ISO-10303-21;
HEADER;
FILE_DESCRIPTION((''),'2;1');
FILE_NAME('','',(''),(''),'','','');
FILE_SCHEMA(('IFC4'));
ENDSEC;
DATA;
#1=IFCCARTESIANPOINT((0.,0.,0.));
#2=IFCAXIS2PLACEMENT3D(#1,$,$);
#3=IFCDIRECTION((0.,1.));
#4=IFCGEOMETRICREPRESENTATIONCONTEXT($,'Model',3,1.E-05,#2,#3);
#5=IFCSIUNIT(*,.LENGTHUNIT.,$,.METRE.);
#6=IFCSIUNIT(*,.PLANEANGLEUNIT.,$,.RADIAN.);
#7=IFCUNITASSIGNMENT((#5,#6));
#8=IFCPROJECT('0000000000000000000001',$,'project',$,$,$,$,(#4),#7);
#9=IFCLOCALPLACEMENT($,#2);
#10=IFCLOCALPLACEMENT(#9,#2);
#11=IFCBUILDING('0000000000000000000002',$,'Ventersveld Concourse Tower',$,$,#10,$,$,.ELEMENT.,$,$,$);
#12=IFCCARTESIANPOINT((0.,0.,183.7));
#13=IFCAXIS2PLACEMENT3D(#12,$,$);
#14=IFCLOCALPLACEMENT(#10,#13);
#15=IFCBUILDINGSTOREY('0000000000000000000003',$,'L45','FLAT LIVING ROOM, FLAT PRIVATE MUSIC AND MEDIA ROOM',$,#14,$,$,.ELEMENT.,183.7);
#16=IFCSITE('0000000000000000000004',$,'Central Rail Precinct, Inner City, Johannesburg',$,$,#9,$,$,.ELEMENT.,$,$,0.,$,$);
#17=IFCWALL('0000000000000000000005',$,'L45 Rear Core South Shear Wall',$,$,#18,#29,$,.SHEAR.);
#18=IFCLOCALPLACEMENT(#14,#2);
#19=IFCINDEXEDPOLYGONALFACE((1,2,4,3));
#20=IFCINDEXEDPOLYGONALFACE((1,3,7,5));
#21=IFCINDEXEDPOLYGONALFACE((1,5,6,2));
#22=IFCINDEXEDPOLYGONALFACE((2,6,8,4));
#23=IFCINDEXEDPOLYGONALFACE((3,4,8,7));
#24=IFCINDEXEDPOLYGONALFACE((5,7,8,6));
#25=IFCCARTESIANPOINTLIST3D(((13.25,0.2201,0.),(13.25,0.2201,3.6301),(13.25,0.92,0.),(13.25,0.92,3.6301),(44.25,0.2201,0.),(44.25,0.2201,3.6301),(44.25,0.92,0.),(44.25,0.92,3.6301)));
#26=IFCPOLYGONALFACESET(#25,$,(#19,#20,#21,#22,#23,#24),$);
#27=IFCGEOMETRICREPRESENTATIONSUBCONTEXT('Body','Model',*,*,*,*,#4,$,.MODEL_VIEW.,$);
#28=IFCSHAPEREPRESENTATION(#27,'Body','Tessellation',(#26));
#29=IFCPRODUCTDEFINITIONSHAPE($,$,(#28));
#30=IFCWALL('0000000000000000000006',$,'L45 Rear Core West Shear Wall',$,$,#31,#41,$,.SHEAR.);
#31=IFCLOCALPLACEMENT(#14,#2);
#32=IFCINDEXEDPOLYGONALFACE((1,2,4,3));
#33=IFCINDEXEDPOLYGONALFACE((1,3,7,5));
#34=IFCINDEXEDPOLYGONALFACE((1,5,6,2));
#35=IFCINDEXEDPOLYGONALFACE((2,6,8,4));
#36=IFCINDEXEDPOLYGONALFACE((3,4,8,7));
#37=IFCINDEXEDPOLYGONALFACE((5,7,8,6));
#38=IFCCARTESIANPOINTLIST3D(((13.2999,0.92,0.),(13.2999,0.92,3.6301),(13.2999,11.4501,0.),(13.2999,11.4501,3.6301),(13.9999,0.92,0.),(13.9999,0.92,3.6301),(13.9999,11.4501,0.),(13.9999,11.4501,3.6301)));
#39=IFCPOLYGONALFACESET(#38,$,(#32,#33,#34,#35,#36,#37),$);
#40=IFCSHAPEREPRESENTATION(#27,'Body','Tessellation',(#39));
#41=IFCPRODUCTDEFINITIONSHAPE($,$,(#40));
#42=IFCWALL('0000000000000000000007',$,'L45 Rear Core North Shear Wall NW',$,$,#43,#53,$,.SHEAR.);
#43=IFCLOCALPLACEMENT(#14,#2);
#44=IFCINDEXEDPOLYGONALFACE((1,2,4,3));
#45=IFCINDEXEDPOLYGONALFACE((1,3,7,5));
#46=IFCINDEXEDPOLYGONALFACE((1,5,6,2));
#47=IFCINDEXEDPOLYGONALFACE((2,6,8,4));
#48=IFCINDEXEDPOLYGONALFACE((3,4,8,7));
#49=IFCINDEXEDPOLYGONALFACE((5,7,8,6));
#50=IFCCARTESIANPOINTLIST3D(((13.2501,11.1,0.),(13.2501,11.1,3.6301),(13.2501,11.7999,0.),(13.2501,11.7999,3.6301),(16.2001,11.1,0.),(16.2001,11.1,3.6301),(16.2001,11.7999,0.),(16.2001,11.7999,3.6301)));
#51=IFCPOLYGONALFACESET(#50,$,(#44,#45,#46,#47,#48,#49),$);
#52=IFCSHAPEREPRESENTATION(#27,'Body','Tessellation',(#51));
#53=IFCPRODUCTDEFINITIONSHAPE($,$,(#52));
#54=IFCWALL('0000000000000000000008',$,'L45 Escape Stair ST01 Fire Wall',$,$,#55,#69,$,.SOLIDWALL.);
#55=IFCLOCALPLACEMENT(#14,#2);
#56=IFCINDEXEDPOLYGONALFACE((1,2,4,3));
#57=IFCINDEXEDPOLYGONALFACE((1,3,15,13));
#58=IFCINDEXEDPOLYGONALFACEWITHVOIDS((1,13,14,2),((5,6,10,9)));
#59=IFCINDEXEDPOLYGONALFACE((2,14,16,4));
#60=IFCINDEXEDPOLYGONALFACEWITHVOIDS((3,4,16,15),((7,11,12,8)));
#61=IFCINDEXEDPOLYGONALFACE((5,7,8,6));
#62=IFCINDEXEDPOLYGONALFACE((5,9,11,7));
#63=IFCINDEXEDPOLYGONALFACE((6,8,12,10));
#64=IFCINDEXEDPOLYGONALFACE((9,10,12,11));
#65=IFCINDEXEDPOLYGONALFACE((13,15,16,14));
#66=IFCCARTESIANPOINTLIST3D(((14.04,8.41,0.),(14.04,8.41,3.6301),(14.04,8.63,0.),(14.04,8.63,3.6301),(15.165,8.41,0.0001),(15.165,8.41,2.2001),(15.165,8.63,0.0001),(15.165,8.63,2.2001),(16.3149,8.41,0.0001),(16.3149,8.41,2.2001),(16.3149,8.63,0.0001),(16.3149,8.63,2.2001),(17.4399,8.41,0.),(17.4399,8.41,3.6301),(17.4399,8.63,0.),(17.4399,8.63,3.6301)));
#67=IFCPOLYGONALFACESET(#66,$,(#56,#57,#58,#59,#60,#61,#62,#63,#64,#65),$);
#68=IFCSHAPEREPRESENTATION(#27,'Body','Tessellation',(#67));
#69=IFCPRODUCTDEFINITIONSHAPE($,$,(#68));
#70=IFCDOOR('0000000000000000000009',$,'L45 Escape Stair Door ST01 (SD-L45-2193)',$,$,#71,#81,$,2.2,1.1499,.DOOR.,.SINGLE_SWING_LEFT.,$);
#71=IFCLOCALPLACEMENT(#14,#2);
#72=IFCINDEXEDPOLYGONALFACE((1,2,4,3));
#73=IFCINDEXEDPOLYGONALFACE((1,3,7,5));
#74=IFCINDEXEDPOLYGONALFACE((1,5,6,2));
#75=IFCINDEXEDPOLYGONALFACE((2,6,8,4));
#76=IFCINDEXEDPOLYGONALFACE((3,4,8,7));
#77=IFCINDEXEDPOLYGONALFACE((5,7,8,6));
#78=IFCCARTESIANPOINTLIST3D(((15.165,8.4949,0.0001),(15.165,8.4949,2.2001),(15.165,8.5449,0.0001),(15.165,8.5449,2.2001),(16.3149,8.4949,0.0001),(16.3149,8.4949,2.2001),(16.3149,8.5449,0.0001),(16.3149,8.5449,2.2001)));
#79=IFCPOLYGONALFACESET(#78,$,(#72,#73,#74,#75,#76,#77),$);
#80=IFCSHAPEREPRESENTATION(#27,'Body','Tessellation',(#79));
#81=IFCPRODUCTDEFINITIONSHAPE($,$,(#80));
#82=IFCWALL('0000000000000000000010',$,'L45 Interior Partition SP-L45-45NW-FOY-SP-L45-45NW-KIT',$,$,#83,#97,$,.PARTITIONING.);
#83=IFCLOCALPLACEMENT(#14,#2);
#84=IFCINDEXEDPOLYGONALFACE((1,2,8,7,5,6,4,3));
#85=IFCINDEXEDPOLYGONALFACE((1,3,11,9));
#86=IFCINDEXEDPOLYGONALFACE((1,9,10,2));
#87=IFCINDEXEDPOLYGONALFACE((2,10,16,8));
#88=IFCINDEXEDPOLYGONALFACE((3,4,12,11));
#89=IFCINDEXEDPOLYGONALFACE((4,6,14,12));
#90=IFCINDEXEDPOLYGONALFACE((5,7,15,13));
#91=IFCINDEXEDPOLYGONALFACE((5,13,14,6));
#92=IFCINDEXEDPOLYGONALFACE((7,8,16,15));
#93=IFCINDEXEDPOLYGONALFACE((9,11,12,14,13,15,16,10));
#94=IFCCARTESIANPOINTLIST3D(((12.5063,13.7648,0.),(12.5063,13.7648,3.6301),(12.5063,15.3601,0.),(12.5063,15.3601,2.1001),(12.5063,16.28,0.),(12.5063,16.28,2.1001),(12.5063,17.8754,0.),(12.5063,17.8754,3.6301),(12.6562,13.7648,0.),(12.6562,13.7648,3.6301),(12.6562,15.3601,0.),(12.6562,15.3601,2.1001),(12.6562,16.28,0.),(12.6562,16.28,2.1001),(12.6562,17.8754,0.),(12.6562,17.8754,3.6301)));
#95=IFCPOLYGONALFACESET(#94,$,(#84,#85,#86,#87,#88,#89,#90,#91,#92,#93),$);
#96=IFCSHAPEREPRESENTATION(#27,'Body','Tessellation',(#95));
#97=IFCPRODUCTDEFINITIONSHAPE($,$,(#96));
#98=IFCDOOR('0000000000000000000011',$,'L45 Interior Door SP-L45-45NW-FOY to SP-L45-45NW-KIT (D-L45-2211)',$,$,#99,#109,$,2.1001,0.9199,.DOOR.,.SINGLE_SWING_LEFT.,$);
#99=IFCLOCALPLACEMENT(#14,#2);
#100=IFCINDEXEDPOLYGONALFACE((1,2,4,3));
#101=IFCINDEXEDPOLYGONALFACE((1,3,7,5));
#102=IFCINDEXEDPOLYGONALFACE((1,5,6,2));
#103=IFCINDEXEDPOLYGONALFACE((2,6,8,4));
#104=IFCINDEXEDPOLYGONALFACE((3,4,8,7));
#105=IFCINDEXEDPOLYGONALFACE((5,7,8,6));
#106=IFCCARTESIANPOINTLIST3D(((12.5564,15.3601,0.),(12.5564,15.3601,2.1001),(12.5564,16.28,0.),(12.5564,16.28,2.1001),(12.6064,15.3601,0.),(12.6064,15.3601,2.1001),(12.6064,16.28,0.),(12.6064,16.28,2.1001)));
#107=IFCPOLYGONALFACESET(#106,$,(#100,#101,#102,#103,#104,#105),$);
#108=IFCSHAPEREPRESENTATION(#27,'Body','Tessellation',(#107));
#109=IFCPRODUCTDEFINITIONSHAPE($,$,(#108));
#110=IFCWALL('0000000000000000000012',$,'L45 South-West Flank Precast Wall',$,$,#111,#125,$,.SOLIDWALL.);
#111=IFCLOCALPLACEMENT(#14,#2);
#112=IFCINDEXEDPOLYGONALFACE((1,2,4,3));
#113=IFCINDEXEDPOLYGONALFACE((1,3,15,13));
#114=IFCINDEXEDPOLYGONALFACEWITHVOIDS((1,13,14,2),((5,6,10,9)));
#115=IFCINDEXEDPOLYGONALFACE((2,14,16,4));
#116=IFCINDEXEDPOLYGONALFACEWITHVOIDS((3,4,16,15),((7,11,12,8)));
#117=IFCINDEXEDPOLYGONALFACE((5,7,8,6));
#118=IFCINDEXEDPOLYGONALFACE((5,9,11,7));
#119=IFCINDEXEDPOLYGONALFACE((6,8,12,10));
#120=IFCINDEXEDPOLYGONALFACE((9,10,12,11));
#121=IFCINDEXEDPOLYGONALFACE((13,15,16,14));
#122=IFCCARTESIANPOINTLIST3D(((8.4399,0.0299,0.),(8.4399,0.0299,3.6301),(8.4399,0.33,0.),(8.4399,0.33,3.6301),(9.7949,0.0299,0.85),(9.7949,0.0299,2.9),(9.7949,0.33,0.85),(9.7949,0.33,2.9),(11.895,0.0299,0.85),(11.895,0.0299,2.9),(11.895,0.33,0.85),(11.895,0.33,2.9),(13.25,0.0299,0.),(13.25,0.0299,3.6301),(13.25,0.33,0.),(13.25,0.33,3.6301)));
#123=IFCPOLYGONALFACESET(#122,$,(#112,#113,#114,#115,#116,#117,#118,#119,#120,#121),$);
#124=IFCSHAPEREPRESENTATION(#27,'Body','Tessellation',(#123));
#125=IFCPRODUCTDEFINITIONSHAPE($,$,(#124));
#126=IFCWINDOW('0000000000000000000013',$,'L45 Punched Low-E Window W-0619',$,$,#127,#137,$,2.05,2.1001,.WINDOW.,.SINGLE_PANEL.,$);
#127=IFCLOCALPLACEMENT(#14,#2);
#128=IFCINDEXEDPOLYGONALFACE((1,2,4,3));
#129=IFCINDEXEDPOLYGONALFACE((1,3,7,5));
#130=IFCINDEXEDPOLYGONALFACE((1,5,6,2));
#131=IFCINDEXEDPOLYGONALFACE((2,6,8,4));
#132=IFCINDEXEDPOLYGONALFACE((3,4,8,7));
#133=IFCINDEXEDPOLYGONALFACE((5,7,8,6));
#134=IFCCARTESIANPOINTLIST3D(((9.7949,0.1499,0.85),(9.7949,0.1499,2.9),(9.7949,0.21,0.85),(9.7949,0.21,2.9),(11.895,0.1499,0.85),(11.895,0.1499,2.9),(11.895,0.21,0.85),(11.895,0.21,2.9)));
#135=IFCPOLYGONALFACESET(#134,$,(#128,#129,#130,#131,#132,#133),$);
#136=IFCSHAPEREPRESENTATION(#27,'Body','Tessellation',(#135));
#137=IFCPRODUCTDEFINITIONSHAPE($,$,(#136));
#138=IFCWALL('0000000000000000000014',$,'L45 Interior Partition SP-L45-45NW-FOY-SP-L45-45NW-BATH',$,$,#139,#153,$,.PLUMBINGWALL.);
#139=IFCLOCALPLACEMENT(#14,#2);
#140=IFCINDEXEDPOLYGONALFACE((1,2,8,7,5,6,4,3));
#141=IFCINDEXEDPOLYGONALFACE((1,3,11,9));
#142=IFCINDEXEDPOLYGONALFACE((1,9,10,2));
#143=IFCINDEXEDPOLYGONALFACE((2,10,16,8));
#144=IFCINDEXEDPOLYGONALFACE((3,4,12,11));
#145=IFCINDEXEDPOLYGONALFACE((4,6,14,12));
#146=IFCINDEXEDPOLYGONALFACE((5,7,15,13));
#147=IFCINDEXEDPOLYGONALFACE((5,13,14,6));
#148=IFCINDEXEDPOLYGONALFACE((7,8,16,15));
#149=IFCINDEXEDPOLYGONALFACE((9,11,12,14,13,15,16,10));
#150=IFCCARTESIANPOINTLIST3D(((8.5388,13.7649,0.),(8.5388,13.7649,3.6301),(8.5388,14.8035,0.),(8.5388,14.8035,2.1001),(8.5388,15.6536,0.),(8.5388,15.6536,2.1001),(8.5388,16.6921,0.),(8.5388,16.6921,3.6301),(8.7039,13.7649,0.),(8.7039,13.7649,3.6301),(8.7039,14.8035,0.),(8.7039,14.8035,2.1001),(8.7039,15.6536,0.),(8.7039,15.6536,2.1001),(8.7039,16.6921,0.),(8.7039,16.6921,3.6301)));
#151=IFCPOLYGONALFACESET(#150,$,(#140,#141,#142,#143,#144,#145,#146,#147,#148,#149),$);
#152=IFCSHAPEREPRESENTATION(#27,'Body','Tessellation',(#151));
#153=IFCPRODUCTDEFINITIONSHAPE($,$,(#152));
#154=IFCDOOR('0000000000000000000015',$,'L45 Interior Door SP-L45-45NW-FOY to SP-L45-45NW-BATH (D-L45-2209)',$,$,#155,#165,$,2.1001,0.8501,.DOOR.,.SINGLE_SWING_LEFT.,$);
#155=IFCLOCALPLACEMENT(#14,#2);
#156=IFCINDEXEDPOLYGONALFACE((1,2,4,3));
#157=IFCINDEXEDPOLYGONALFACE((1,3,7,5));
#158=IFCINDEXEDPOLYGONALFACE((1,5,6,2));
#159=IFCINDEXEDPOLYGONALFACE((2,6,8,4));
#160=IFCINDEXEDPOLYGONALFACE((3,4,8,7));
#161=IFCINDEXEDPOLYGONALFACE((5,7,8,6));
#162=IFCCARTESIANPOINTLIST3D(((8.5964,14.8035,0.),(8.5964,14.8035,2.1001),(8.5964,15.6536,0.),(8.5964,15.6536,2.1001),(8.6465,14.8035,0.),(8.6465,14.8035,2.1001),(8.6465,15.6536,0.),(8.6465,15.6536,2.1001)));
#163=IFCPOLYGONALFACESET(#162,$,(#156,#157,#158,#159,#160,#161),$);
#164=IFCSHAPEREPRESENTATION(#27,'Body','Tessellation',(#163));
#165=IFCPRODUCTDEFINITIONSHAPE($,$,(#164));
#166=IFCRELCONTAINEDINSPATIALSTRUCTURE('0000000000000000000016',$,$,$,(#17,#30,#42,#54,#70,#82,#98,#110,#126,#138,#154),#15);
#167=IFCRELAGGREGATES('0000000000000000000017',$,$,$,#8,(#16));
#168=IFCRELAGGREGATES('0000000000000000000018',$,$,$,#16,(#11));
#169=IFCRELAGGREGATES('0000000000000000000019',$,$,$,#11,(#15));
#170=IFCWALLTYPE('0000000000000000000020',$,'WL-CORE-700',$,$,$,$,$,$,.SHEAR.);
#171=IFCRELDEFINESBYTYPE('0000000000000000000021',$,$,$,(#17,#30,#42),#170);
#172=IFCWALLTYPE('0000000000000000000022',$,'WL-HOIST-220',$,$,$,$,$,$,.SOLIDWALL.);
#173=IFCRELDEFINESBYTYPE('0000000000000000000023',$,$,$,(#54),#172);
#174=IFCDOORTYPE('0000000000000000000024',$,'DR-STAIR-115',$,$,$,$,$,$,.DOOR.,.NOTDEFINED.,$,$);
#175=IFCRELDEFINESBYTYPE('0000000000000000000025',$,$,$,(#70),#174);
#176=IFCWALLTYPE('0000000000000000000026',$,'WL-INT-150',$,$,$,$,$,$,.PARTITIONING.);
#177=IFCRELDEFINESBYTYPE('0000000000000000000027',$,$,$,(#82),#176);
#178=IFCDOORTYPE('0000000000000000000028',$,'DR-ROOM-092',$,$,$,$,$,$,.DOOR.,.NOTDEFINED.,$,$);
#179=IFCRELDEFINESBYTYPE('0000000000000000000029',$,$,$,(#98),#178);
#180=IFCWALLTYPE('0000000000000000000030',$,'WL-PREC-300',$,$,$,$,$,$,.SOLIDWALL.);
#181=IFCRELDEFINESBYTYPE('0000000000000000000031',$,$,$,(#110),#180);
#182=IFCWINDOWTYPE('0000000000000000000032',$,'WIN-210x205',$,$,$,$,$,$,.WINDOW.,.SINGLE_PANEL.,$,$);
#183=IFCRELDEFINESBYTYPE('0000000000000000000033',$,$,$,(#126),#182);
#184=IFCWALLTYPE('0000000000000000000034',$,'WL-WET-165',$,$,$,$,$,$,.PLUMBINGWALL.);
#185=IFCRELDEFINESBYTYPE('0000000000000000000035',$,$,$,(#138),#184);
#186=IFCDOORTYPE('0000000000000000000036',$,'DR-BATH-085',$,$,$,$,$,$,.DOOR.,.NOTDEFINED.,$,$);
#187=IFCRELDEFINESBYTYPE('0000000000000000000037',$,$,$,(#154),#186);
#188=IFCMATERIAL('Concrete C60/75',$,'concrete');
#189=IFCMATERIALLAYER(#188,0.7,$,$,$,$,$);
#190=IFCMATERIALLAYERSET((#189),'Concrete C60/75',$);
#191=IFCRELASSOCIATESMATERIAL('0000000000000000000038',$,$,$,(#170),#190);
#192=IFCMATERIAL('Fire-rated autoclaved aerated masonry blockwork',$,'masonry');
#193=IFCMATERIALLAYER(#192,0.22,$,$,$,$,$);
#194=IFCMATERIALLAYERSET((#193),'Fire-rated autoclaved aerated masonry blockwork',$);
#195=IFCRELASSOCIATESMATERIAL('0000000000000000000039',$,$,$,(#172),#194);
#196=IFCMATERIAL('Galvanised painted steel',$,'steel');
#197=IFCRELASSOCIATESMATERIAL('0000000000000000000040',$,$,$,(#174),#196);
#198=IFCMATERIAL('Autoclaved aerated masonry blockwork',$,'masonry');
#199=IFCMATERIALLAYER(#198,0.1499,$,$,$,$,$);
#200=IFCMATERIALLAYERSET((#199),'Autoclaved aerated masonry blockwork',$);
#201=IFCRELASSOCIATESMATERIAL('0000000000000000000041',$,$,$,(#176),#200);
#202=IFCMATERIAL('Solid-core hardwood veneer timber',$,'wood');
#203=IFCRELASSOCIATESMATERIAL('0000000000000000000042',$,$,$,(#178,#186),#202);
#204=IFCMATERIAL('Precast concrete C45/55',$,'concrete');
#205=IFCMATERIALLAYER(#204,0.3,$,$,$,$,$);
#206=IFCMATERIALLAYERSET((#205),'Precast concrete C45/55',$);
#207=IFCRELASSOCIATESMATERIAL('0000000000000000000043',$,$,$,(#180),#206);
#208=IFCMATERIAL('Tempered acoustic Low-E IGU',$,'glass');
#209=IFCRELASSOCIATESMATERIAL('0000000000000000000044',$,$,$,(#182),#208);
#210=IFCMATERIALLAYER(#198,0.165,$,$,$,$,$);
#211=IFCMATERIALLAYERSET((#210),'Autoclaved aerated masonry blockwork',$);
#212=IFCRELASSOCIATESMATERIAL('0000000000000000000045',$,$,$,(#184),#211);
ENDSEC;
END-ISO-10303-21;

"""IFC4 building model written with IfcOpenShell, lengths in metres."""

from ifc_helpers import new_model, si_unit, direction, frame, frame_2d, origin, place, context, subcontext, project, spatial, rectangle, extrude, material, layer, layer_set, type_object, element, fill, save


model = new_model("IFC4")

# Units and contexts
model_context = context("Model", 3, precision=1e-05, world=origin(), true_north=direction((0.0, 1.0)))
body_context = subcontext(model_context, "Body", "Model", "MODEL_VIEW")
ifc_project = project(units=[si_unit("LENGTHUNIT", "METRE"), si_unit("PLANEANGLEUNIT", "RADIAN")], contexts=[model_context])

# Site, building, storey
site_placement = place(None, origin())
site = spatial("IfcSite", under=ifc_project, at=site_placement, Name="Central Rail Precinct, Inner City, Johannesburg", CompositionType="ELEMENT", RefElevation=0.0)
building_placement = place(site_placement, origin())
building = spatial("IfcBuilding", under=site, at=building_placement, Name="Ventersveld Concourse Tower", CompositionType="ELEMENT")
storey_placement = place(building_placement, frame((0.0, 0.0, 183.7)))
storey = spatial("IfcBuildingStorey", under=building, at=storey_placement, Name="L45", Description="FLAT LIVING ROOM, FLAT PRIVATE MUSIC AND MEDIA ROOM", CompositionType="ELEMENT", Elevation=183.7)

# Walls
ifc_material_1 = material(Name="Concrete C60/75", Category="concrete")
ifc_layer_1 = layer(ifc_material_1, 0.7)
ifc_layer_set_1 = layer_set([ifc_layer_1], Name="Concrete C60/75")
wall_type_1 = type_object("IfcWallType", Name="WL-CORE-700", PredefinedType="SHEAR", material=ifc_layer_set_1)
wall_1_placement = place(storey_placement, frame((13.25, 0.5701, 0.0), z_axis=(0.0, 0.0, 1.0), x_axis=(1.0, 0.0, 0.0)))
element("IfcWall", 1, at=wall_1_placement, inside=storey, type_object=wall_type_1, Name="L45 Rear Core South Shear Wall", PredefinedType="SHEAR", context=body_context, shape_type="SweptSolid", body=[
    extrude(rectangle(XDim=31.0, YDim=0.7, at=frame_2d((15.5, 0.0))), origin(), (0.0, 0.0, 1.0), 3.6301),
])
wall_2_placement = place(storey_placement, frame((13.6499, 0.9199, 0.0), z_axis=(0.0, 0.0, 1.0), x_axis=(0.0, 1.0, 0.0)))
element("IfcWall", 2, at=wall_2_placement, inside=storey, type_object=wall_type_1, Name="L45 Rear Core West Shear Wall", PredefinedType="SHEAR", context=body_context, shape_type="SweptSolid", body=[
    extrude(rectangle(XDim=10.53, YDim=0.7, at=frame_2d((5.2651, 0.0))), origin(), (0.0, 0.0, 1.0), 3.6301),
])
wall_3_placement = place(storey_placement, frame((13.25, 11.45, 0.0), z_axis=(0.0, 0.0, 1.0), x_axis=(1.0, 0.0, 0.0)))
element("IfcWall", 3, at=wall_3_placement, inside=storey, type_object=wall_type_1, Name="L45 Rear Core North Shear Wall NW", PredefinedType="SHEAR", context=body_context, shape_type="SweptSolid", body=[
    extrude(rectangle(XDim=2.95, YDim=0.7, at=frame_2d((1.4751, 0.0))), origin(), (0.0, 0.0, 1.0), 3.6301),
])

# Walls, openings, doors
ifc_material_2 = material(Name="Fire-rated autoclaved aerated masonry blockwork", Category="masonry")
ifc_layer_2 = layer(ifc_material_2, 0.22)
ifc_layer_set_2 = layer_set([ifc_layer_2], Name="Fire-rated autoclaved aerated masonry blockwork")
wall_type_2 = type_object("IfcWallType", Name="WL-HOIST-220", PredefinedType="SOLIDWALL", material=ifc_layer_set_2)
wall_4_placement = place(storey_placement, frame((14.04, 8.52, 0.0), z_axis=(0.0, 0.0, 1.0), x_axis=(1.0, 0.0, 0.0)))
wall_4 = element("IfcWall", 4, at=wall_4_placement, inside=storey, type_object=wall_type_2, Name="L45 Escape Stair ST01 Fire Wall", PredefinedType="SOLIDWALL", context=body_context, shape_type="SweptSolid", body=[
    extrude(rectangle(XDim=3.3999, YDim=0.22, at=frame_2d((1.7, 0.0))), origin(), (0.0, 0.0, 1.0), 3.6301),
])
opening_1_placement = place(wall_4_placement, frame((1.125, 0.0, 0.0)))
opening_1 = element("IfcOpeningElement", 5, at=opening_1_placement, cuts=wall_4, PredefinedType="OPENING", context=body_context, shape_type="SweptSolid", body=[
    extrude(rectangle(XDim=1.1499, YDim=2.2, at=frame_2d((0.575, 1.1001))), frame((0.0, 0.1201, 0.0), z_axis=(0.0, -1.0, 0.0), x_axis=(1.0, 0.0, 0.0)), (0.0, 0.0, 1.0), 0.24),
])
ifc_material_3 = material(Name="Galvanised painted steel", Category="steel")
door_type_1 = type_object("IfcDoorType", Name="DR-STAIR-115", OperationType="NOTDEFINED", PredefinedType="DOOR", material=ifc_material_3)
door_1_placement = place(opening_1_placement, origin())
door_1 = element("IfcDoor", 6, at=door_1_placement, inside=storey, type_object=door_type_1, Name="L45 Escape Stair Door ST01 (SD-L45-2193)", OperationType="SINGLE_SWING_LEFT", OverallHeight=2.2, OverallWidth=1.1499, PredefinedType="DOOR", context=body_context, shape_type="SweptSolid", body=[
    extrude(rectangle(XDim=1.1499, YDim=2.2, at=frame_2d((0.575, 1.1001))), frame((0.0, 0.0249, 0.0), z_axis=(0.0, -1.0, 0.0), x_axis=(1.0, 0.0, 0.0)), (0.0, 0.0, 1.0), 0.05),
])
fill(opening_1, door_1)
ifc_material_4 = material(Name="Autoclaved aerated masonry blockwork", Category="masonry")
ifc_layer_3 = layer(ifc_material_4, 0.1499)
ifc_layer_set_3 = layer_set([ifc_layer_3], Name="Autoclaved aerated masonry blockwork")
wall_type_3 = type_object("IfcWallType", Name="WL-INT-150", PredefinedType="PARTITIONING", material=ifc_layer_set_3)
wall_5_placement = place(storey_placement, frame((12.5813, 13.7649, 0.0), z_axis=(0.0, 0.0, 1.0), x_axis=(0.0, 1.0, 0.0)))
wall_5 = element("IfcWall", 7, at=wall_5_placement, inside=storey, type_object=wall_type_3, Name="L45 Interior Partition SP-L45-45NW-FOY-SP-L45-45NW-KIT", PredefinedType="PARTITIONING", context=body_context, shape_type="SweptSolid", body=[
    extrude(rectangle(XDim=4.1106, YDim=0.1499, at=frame_2d((2.0552, 0.0))), origin(), (0.0, 0.0, 1.0), 3.6301),
])
opening_2_placement = place(wall_5_placement, frame((1.5952, 0.0, 0.0)))
opening_2 = element("IfcOpeningElement", 8, at=opening_2_placement, cuts=wall_5, PredefinedType="OPENING", context=body_context, shape_type="SweptSolid", body=[
    extrude(rectangle(XDim=0.9199, YDim=2.1001, at=frame_2d((0.46, 1.05))), frame((0.0, 0.085, 0.0), z_axis=(0.0, -1.0, 0.0), x_axis=(1.0, 0.0, 0.0)), (0.0, 0.0, 1.0), 0.1699),
])
ifc_material_5 = material(Name="Solid-core hardwood veneer timber", Category="wood")
door_type_2 = type_object("IfcDoorType", Name="DR-ROOM-092", OperationType="NOTDEFINED", PredefinedType="DOOR", material=ifc_material_5)
door_2_placement = place(opening_2_placement, origin())
door_2 = element("IfcDoor", 9, at=door_2_placement, inside=storey, type_object=door_type_2, Name="L45 Interior Door SP-L45-45NW-FOY to SP-L45-45NW-KIT (D-L45-2211)", OperationType="SINGLE_SWING_LEFT", OverallHeight=2.1001, OverallWidth=0.9199, PredefinedType="DOOR", context=body_context, shape_type="SweptSolid", body=[
    extrude(rectangle(XDim=0.9199, YDim=2.1001, at=frame_2d((0.46, 1.05))), frame((0.0, 0.0249, 0.0), z_axis=(0.0, -1.0, 0.0), x_axis=(1.0, 0.0, 0.0)), (0.0, 0.0, 1.0), 0.05),
])
fill(opening_2, door_2)

# Wall, opening, window
ifc_material_6 = material(Name="Precast concrete C45/55", Category="concrete")
ifc_layer_4 = layer(ifc_material_6, 0.3)
ifc_layer_set_4 = layer_set([ifc_layer_4], Name="Precast concrete C45/55")
wall_type_4 = type_object("IfcWallType", Name="WL-PREC-300", PredefinedType="SOLIDWALL", material=ifc_layer_set_4)
wall_6_placement = place(storey_placement, frame((8.4399, 0.1799, 0.0), z_axis=(0.0, 0.0, 1.0), x_axis=(1.0, 0.0, 0.0)))
wall_6 = element("IfcWall", 10, at=wall_6_placement, inside=storey, type_object=wall_type_4, Name="L45 South-West Flank Precast Wall", PredefinedType="SOLIDWALL", context=body_context, shape_type="SweptSolid", body=[
    extrude(rectangle(XDim=4.8101, YDim=0.3, at=frame_2d((2.405, 0.0))), origin(), (0.0, 0.0, 1.0), 3.6301),
])
opening_3_placement = place(wall_6_placement, frame((1.355, 0.0, 0.8501)))
opening_3 = element("IfcOpeningElement", 11, at=opening_3_placement, cuts=wall_6, PredefinedType="OPENING", context=body_context, shape_type="SweptSolid", body=[
    extrude(rectangle(XDim=2.1001, YDim=2.05, at=frame_2d((1.05, 1.0249))), frame((0.0, 0.1602, 0.0), z_axis=(0.0, -1.0, 0.0), x_axis=(1.0, 0.0, 0.0)), (0.0, 0.0, 1.0), 0.3201),
])
ifc_material_7 = material(Name="Tempered acoustic Low-E IGU", Category="glass")
window_type = type_object("IfcWindowType", Name="WIN-210x205", PartitioningType="SINGLE_PANEL", PredefinedType="WINDOW", material=ifc_material_7)
window_placement = place(opening_3_placement, origin())
window = element("IfcWindow", 12, at=window_placement, inside=storey, type_object=window_type, Name="L45 Punched Low-E Window W-0619", OverallHeight=2.05, OverallWidth=2.1001, PartitioningType="SINGLE_PANEL", PredefinedType="WINDOW", context=body_context, shape_type="SweptSolid", body=[
    extrude(rectangle(XDim=2.1001, YDim=2.05, at=frame_2d((1.05, 1.0249))), frame((0.0, 0.03, 0.0), z_axis=(0.0, -1.0, 0.0), x_axis=(1.0, 0.0, 0.0)), (0.0, 0.0, 1.0), 0.0601),
])
fill(opening_3, window)

# Wall, opening, door
ifc_layer_5 = layer(ifc_material_4, 0.165)
ifc_layer_set_5 = layer_set([ifc_layer_5], Name="Autoclaved aerated masonry blockwork")
wall_type_5 = type_object("IfcWallType", Name="WL-WET-165", PredefinedType="PLUMBINGWALL", material=ifc_layer_set_5)
wall_7_placement = place(storey_placement, frame((8.6213, 13.7649, 0.0), z_axis=(0.0, 0.0, 1.0), x_axis=(0.0, 1.0, 0.0)))
wall_7 = element("IfcWall", 13, at=wall_7_placement, inside=storey, type_object=wall_type_5, Name="L45 Interior Partition SP-L45-45NW-FOY-SP-L45-45NW-BATH", PredefinedType="PLUMBINGWALL", context=body_context, shape_type="SweptSolid", body=[
    extrude(rectangle(XDim=2.9272, YDim=0.165, at=frame_2d((1.4636, 0.0))), origin(), (0.0, 0.0, 1.0), 3.6301),
])
opening_4_placement = place(wall_7_placement, frame((1.0386, 0.0, 0.0)))
opening_4 = element("IfcOpeningElement", 14, at=opening_4_placement, cuts=wall_7, PredefinedType="OPENING", context=body_context, shape_type="SweptSolid", body=[
    extrude(rectangle(XDim=0.8501, YDim=2.1001, at=frame_2d((0.425, 1.05))), frame((0.0, 0.0925, 0.0), z_axis=(0.0, -1.0, 0.0), x_axis=(1.0, 0.0, 0.0)), (0.0, 0.0, 1.0), 0.1851),
])
door_type_3 = type_object("IfcDoorType", Name="DR-BATH-085", OperationType="NOTDEFINED", PredefinedType="DOOR", material=ifc_material_5)
door_3_placement = place(opening_4_placement, origin())
door_3 = element("IfcDoor", 15, at=door_3_placement, inside=storey, type_object=door_type_3, Name="L45 Interior Door SP-L45-45NW-FOY to SP-L45-45NW-BATH (D-L45-2209)", OperationType="SINGLE_SWING_LEFT", OverallHeight=2.1001, OverallWidth=0.8501, PredefinedType="DOOR", context=body_context, shape_type="SweptSolid", body=[
    extrude(rectangle(XDim=0.8501, YDim=2.1001, at=frame_2d((0.425, 1.05))), frame((0.0, 0.0249, 0.0), z_axis=(0.0, -1.0, 0.0), x_axis=(1.0, 0.0, 0.0)), (0.0, 0.0, 1.0), 0.05),
])
fill(opening_4, door_3)

save(model, "model.ifc")
